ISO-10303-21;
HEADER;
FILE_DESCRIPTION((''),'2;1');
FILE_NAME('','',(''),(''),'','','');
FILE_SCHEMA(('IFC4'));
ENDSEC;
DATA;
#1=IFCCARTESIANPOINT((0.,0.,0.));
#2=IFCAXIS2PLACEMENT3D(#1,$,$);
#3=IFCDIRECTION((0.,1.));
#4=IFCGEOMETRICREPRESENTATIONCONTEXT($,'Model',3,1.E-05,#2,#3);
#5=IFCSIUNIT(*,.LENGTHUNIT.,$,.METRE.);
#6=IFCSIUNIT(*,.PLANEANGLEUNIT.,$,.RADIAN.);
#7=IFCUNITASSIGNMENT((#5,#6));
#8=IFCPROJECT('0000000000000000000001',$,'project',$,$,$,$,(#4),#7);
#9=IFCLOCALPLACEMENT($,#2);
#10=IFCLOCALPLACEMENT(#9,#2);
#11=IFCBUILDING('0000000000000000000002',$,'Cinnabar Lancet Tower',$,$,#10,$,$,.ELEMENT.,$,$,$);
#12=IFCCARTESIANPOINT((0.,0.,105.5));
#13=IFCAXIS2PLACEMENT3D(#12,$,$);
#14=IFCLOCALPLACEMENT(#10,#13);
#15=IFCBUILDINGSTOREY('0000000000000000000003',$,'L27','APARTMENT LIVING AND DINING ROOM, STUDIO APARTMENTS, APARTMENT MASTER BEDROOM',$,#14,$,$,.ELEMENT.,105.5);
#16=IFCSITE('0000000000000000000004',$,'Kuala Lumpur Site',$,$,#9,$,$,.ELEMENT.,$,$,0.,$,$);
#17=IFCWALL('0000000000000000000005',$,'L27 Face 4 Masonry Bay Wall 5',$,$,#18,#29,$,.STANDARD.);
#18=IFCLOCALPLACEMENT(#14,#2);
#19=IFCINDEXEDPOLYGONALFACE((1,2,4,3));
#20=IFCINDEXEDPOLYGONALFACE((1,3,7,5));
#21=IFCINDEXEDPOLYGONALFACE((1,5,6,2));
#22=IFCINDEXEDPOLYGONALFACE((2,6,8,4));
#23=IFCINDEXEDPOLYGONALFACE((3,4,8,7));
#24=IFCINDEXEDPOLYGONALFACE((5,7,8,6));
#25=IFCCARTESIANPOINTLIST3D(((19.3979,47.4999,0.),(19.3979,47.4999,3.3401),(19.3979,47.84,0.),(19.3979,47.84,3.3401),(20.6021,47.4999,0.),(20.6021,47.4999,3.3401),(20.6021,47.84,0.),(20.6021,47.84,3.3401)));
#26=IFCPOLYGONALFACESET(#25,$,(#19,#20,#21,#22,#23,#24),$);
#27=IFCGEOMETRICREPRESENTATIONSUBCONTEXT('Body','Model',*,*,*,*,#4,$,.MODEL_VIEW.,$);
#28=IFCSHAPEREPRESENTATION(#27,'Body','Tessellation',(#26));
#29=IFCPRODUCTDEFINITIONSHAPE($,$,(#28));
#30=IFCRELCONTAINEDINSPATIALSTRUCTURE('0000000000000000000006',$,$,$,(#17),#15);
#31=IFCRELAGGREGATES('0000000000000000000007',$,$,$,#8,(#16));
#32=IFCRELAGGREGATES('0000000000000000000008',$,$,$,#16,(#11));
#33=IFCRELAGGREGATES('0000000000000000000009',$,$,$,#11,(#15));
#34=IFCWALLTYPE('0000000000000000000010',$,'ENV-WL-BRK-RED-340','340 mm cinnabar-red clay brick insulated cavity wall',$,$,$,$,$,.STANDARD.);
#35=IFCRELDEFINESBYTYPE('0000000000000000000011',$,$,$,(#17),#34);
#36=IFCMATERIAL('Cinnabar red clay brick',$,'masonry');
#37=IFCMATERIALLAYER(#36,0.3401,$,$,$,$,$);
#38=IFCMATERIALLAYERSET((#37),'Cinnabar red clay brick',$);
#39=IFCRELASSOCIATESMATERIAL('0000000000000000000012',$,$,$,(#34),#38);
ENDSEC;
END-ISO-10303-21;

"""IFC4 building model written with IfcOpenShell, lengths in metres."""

from ifc_helpers import new_model, si_unit, direction, frame, frame_2d, origin, place, context, subcontext, project, spatial, rectangle, extrude, material, layer, layer_set, type_object, element, save


model = new_model("IFC4")

# Units and contexts
model_context = context("Model", 3, precision=1e-05, world=origin(), true_north=direction((0.0, 1.0)))
body_context = subcontext(model_context, "Body", "Model", "MODEL_VIEW")
ifc_project = project(units=[si_unit("LENGTHUNIT", "METRE"), si_unit("PLANEANGLEUNIT", "RADIAN")], contexts=[model_context])

# Site, building, storey
site_placement = place(None, origin())
site = spatial("IfcSite", under=ifc_project, at=site_placement, Name="Kuala Lumpur Site", CompositionType="ELEMENT", RefElevation=0.0)
building_placement = place(site_placement, origin())
building = spatial("IfcBuilding", under=site, at=building_placement, Name="Cinnabar Lancet Tower", CompositionType="ELEMENT")
storey_placement = place(building_placement, frame((0.0, 0.0, 105.5)))
storey = spatial("IfcBuildingStorey", under=building, at=storey_placement, Name="L27", Description="APARTMENT LIVING AND DINING ROOM, STUDIO APARTMENTS, APARTMENT MASTER BEDROOM", CompositionType="ELEMENT", Elevation=105.5)

# Shared definitions
ifc_material_1 = material(Name="Cinnabar red clay brick", Category="masonry")
ifc_layer_1 = layer(ifc_material_1, 0.3401)
ifc_layer_set_1 = layer_set([ifc_layer_1], Name="Cinnabar red clay brick")
wall_type_1 = type_object("IfcWallType", Name="ENV-WL-BRK-RED-340", Description="340 mm cinnabar-red clay brick insulated cavity wall", PredefinedType="STANDARD", material=ifc_layer_set_1)

# Wall
wall_1_placement = place(storey_placement, frame((20.6021, 47.6699, 0.0), z_axis=(0.0, 0.0, 1.0), x_axis=(-1.0, 0.0, 0.0)))
element("IfcWall", 1, at=wall_1_placement, inside=storey, type_object=wall_type_1, Name="L27 Face 4 Masonry Bay Wall 5", PredefinedType="STANDARD", context=body_context, shape_type="SweptSolid", body=[
    extrude(rectangle(XDim=1.2041, YDim=0.3401, at=frame_2d((0.6021, 0.0))), origin(), (0.0, 0.0, 1.0), 3.3401),
])

save(model, "model.ifc")
